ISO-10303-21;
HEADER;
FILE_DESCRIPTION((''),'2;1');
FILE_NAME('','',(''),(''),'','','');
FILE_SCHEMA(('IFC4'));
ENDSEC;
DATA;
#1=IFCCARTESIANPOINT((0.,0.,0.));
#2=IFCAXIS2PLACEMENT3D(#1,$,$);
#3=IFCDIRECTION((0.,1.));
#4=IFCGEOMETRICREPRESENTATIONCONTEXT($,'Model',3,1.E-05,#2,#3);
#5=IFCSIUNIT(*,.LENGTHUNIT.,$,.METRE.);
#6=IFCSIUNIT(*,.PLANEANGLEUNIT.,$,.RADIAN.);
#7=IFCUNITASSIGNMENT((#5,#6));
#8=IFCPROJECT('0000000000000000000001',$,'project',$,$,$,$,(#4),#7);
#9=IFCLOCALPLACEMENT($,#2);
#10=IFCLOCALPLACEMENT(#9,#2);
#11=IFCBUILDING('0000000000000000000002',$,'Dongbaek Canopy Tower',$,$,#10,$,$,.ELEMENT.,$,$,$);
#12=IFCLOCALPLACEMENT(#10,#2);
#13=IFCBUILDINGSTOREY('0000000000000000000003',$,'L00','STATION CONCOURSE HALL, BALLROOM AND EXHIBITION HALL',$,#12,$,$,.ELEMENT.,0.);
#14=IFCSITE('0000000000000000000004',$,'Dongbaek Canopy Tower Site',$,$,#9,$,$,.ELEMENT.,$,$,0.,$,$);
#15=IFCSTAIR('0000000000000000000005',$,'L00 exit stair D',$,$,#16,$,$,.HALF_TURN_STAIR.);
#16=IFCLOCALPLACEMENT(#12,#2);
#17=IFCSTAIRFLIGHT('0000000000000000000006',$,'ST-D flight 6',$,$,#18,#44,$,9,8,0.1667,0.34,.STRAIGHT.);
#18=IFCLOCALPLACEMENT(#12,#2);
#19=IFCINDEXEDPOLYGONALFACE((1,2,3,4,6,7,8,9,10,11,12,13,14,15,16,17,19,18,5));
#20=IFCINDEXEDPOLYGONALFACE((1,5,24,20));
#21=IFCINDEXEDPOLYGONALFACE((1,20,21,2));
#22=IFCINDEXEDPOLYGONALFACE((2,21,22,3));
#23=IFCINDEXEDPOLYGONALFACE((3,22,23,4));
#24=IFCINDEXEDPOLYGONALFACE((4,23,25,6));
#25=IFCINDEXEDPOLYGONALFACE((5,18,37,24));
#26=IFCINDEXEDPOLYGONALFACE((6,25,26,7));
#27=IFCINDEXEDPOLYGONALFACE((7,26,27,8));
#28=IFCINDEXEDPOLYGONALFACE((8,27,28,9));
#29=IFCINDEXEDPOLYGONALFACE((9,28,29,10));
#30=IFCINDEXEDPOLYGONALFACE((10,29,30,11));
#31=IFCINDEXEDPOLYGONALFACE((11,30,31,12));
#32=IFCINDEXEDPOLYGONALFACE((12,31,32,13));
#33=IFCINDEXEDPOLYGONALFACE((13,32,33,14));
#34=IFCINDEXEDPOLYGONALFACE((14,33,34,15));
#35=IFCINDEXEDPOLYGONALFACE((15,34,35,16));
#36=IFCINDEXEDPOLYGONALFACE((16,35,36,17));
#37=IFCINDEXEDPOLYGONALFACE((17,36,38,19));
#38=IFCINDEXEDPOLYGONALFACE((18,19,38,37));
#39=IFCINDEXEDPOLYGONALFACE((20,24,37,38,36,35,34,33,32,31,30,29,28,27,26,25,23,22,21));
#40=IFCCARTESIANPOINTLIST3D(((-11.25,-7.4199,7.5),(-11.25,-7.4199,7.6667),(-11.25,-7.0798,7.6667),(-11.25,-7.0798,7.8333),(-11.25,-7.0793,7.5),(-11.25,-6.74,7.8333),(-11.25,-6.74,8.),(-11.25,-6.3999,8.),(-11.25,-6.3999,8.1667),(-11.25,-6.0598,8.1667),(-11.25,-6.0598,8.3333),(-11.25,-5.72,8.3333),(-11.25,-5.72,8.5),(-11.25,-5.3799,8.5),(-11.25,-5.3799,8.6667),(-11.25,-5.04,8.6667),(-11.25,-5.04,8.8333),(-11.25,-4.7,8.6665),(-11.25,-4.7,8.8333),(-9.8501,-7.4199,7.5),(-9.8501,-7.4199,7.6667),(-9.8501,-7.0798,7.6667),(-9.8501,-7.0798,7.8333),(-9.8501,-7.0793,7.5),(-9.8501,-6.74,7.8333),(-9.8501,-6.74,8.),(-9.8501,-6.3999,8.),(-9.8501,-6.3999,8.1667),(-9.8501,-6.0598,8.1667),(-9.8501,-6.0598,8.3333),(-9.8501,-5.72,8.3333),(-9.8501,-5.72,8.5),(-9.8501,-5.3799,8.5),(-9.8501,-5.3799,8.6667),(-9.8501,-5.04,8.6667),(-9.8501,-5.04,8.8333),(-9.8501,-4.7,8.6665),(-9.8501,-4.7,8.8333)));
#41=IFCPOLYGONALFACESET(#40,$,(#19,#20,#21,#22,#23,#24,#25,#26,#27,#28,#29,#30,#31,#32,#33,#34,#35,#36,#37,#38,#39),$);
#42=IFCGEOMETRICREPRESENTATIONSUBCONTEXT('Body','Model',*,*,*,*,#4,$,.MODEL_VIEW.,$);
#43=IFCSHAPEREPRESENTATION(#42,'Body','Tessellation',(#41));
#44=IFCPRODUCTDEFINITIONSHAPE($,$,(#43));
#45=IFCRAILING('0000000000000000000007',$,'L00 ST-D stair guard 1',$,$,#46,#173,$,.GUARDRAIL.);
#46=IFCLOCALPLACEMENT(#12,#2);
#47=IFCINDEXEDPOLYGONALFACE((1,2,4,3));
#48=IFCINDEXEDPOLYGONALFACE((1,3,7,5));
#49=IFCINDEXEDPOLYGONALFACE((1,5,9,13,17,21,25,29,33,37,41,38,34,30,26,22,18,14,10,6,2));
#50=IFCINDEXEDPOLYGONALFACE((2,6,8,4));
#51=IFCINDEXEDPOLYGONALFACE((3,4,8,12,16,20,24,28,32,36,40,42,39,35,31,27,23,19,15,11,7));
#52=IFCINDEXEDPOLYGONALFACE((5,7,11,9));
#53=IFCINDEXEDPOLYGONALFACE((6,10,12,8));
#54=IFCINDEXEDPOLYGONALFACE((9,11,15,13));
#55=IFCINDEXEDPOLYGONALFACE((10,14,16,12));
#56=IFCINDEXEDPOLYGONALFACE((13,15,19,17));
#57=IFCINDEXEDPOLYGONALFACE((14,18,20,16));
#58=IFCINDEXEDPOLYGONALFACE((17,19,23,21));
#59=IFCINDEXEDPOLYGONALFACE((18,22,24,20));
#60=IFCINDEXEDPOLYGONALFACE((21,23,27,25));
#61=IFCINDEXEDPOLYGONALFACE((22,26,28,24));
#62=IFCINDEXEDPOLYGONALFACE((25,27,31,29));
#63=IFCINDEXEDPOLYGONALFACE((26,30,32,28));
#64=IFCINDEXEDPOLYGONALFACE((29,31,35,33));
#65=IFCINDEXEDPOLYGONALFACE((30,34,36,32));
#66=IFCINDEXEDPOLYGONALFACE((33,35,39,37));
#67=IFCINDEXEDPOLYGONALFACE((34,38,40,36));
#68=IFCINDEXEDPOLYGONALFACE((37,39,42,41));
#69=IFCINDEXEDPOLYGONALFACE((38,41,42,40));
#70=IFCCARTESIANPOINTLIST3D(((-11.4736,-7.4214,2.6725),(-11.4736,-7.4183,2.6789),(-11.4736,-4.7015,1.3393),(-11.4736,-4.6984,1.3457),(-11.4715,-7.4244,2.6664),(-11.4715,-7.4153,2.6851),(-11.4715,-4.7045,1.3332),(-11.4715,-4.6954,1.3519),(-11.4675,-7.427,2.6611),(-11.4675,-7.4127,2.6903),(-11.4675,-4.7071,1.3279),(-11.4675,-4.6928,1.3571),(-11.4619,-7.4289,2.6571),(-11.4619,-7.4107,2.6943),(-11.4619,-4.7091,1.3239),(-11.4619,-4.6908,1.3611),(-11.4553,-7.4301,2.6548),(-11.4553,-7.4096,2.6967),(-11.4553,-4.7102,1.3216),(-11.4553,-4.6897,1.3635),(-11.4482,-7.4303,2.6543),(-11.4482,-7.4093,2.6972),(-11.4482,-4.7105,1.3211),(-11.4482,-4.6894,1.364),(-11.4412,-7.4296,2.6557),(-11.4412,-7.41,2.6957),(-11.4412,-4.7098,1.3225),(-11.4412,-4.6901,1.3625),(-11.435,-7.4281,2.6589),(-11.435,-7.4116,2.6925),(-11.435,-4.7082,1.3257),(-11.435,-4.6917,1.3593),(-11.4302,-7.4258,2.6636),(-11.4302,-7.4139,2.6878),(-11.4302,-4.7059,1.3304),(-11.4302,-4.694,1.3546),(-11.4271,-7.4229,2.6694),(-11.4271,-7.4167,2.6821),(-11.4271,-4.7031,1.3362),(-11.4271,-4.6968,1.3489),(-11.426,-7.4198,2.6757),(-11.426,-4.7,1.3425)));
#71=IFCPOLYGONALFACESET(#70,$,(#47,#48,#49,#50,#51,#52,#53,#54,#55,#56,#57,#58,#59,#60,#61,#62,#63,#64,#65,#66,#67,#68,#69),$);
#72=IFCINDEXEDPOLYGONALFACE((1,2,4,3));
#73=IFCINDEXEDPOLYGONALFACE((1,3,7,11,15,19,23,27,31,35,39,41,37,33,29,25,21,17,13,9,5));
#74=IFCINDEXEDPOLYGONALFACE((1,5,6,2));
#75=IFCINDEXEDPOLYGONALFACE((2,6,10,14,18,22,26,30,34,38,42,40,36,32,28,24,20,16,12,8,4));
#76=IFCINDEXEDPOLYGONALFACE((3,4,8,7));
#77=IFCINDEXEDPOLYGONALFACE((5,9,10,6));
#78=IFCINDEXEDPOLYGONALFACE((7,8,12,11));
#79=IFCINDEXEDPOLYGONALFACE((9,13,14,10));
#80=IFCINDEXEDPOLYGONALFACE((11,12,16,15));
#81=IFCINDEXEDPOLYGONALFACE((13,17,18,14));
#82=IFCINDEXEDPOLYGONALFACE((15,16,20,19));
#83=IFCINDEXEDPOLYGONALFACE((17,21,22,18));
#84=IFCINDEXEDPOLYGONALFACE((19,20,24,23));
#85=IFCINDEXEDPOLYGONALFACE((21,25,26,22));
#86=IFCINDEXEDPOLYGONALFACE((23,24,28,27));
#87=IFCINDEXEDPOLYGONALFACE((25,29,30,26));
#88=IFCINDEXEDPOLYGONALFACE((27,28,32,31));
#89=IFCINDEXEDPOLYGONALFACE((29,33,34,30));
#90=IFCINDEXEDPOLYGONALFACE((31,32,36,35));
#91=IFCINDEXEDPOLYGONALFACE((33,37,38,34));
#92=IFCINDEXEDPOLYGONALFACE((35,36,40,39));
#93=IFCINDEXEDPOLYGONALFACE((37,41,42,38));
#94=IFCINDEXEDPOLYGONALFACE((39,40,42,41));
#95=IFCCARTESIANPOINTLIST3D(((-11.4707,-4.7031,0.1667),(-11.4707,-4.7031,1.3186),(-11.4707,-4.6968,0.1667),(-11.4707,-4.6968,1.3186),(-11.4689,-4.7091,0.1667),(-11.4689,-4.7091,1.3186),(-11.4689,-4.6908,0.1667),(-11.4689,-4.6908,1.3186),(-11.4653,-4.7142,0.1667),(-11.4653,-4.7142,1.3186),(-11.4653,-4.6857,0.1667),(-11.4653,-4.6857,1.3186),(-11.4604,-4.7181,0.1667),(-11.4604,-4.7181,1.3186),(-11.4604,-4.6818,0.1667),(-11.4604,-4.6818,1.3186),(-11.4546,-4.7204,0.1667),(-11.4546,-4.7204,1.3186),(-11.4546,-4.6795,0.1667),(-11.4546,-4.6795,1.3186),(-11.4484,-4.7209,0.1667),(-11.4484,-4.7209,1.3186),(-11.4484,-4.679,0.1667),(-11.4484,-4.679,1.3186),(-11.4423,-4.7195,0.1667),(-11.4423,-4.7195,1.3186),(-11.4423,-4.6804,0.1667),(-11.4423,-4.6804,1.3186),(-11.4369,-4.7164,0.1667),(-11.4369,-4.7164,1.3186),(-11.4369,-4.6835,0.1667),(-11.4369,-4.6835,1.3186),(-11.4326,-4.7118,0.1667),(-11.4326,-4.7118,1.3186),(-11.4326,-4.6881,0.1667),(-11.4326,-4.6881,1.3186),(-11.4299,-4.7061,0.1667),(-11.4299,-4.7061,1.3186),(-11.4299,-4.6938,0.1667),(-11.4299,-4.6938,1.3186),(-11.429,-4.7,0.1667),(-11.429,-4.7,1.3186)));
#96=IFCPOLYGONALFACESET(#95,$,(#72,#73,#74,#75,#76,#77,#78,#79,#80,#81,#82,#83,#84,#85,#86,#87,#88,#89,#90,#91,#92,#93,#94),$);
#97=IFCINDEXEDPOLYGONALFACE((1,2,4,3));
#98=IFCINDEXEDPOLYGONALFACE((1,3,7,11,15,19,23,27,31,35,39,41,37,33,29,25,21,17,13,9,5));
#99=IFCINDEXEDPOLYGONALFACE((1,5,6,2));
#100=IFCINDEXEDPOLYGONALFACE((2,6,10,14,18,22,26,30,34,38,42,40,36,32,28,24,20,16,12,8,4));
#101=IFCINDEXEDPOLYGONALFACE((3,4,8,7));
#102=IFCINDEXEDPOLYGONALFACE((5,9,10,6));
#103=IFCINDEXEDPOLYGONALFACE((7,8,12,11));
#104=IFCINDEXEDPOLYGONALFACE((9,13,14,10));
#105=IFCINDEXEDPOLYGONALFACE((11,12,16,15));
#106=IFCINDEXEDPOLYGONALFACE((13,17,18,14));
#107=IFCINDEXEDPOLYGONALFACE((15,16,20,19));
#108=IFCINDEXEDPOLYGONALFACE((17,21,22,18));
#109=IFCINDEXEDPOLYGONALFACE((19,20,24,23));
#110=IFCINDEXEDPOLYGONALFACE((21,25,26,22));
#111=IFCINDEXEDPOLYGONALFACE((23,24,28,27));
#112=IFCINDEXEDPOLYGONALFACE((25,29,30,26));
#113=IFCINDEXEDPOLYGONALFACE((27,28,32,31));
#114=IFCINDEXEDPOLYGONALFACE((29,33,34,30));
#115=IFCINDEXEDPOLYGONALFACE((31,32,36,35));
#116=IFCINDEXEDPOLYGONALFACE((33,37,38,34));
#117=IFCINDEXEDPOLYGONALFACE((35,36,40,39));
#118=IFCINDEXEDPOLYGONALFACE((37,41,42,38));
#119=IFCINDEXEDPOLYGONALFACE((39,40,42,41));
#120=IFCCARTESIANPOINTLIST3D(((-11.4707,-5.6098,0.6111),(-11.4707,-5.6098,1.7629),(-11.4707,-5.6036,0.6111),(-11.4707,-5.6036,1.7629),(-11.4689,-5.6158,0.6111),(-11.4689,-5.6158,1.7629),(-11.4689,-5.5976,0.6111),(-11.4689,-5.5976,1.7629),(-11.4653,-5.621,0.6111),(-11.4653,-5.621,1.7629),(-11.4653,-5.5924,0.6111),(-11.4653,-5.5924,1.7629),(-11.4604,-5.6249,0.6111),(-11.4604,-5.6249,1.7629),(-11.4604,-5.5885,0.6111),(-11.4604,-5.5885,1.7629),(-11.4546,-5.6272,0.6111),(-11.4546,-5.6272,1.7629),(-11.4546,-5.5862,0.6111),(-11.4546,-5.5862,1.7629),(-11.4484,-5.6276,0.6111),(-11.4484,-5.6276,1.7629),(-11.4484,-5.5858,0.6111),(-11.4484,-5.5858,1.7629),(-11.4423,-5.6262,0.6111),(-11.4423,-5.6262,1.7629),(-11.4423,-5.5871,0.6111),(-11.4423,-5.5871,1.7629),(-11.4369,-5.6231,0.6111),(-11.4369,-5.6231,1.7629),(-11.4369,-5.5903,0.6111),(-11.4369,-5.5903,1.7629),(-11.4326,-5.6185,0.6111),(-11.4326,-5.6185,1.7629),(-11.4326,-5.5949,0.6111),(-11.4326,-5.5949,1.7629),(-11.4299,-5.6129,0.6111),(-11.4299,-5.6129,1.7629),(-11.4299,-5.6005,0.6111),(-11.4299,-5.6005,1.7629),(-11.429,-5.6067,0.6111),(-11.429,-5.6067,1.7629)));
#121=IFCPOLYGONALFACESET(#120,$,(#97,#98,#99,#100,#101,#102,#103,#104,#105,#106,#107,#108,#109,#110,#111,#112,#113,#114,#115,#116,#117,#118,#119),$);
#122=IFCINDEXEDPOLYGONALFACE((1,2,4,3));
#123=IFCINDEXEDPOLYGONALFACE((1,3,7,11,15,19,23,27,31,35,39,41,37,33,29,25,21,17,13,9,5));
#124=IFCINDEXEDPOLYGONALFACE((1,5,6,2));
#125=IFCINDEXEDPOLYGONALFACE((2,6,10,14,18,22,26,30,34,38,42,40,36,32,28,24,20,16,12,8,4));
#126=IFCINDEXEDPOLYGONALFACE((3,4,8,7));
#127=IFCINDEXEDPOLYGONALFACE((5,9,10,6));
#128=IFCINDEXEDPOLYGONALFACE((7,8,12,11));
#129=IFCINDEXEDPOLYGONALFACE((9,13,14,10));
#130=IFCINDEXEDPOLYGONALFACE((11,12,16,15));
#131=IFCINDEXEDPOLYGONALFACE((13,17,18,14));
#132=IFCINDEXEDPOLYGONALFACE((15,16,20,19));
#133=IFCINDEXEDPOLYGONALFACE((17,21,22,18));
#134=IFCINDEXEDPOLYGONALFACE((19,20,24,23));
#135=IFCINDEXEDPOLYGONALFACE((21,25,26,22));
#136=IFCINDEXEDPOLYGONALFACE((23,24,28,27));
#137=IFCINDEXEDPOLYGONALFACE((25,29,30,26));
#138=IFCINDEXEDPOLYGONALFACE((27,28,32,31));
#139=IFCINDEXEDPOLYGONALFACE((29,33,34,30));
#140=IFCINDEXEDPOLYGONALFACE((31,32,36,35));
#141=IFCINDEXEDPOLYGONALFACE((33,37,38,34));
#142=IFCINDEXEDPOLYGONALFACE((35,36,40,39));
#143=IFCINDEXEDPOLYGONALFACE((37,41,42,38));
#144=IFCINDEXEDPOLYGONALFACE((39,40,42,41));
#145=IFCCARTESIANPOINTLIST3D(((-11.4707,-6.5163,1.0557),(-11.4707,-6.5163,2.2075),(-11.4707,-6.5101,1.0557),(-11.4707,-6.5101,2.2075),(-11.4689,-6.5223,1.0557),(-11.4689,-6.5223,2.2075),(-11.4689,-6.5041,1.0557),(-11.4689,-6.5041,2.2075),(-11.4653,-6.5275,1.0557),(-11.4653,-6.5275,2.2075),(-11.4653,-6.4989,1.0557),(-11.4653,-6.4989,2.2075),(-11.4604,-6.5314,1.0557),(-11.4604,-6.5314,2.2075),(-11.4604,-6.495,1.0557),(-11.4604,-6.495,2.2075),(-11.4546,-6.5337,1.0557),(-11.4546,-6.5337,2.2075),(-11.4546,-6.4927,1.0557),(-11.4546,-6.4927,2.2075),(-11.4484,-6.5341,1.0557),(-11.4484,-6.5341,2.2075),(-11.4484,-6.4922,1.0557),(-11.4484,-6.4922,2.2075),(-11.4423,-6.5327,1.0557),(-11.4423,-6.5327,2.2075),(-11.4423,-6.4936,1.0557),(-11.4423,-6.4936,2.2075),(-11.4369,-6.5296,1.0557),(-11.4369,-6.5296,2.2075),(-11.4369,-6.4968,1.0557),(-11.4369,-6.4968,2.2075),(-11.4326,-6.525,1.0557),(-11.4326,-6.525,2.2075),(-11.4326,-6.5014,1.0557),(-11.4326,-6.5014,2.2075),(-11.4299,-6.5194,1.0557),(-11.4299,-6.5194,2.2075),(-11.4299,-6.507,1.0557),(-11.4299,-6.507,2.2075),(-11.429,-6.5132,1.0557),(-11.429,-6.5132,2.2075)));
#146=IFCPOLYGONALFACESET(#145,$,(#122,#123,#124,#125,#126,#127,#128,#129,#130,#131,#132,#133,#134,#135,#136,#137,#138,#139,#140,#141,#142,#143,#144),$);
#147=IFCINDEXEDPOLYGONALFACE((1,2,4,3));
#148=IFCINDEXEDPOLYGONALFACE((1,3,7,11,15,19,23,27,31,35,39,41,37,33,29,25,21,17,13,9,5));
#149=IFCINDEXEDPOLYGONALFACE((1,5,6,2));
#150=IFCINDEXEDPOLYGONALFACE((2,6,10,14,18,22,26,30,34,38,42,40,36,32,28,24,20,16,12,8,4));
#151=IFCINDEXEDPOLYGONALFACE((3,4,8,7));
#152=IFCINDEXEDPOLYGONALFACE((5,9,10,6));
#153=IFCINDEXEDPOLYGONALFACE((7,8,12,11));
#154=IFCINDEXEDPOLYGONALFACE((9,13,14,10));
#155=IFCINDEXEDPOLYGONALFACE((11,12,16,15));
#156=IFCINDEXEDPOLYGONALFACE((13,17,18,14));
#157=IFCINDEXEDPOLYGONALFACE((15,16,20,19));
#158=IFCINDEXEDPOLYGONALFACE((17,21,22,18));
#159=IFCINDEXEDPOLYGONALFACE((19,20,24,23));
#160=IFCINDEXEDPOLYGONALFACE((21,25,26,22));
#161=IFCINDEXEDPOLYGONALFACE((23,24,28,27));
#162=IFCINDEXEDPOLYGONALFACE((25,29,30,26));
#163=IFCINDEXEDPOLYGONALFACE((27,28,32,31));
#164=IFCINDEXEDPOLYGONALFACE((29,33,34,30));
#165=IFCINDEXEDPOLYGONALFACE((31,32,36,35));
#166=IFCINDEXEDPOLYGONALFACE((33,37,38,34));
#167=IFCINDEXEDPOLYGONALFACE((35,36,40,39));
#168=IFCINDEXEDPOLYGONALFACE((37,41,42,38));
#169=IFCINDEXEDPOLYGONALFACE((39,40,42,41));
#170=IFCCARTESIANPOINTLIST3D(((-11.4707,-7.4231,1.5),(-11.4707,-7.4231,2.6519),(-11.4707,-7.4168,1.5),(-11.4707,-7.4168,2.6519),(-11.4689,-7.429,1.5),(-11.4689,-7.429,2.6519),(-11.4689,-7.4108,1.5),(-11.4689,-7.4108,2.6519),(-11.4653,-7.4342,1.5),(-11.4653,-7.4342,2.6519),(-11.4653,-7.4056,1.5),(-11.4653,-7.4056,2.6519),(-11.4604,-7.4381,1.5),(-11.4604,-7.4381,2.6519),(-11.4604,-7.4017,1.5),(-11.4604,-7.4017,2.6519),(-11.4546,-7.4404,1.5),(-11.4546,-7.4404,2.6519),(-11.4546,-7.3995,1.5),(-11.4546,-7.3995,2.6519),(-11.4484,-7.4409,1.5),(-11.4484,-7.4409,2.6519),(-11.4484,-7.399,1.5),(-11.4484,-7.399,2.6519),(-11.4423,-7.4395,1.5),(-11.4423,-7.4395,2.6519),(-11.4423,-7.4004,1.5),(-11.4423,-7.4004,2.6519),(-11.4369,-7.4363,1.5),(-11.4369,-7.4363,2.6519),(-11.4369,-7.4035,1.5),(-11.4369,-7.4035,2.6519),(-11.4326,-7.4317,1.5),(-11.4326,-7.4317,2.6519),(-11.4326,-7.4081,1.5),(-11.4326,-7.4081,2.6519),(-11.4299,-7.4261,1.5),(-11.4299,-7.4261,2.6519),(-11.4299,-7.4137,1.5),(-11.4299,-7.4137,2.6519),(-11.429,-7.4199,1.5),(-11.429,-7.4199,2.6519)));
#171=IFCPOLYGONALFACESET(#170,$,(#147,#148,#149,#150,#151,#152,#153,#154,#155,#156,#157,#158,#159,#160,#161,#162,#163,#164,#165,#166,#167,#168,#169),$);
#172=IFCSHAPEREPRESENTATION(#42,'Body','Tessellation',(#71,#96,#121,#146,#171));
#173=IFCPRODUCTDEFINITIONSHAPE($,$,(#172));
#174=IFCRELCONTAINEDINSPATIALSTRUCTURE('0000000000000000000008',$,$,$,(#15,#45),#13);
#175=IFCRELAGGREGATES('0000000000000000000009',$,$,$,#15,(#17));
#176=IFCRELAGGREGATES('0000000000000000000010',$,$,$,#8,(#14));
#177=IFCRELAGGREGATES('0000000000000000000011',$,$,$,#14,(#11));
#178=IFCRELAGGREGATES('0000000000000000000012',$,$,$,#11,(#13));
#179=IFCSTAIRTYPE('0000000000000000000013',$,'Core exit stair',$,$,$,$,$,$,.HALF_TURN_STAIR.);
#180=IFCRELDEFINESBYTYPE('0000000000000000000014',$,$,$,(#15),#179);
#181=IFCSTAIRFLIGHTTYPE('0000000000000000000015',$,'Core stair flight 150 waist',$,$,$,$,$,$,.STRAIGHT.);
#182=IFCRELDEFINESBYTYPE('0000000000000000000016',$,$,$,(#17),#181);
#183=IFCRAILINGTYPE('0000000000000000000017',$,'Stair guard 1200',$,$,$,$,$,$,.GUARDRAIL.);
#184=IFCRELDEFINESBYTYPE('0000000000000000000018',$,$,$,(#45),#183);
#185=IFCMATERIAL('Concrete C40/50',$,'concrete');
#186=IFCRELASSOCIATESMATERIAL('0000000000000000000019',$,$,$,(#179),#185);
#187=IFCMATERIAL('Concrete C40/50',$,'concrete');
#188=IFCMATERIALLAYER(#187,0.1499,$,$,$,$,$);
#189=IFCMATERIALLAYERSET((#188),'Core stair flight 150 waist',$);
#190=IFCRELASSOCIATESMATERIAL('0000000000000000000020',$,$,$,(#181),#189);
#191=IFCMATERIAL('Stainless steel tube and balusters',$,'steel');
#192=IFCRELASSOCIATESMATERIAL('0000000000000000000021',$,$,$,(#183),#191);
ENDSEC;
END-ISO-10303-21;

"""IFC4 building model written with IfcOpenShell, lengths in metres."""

from ifc_helpers import new_model, si_unit, direction, frame, origin, origin_2d, place, context, subcontext, project, spatial, polyline, circle, outline, extrude, material, layer, layer_set, type_object, element, aggregate, save


model = new_model("IFC4")

# Units and contexts
model_context = context("Model", 3, precision=1e-05, world=origin(), true_north=direction((0.0, 1.0)))
body_context = subcontext(model_context, "Body", "Model", "MODEL_VIEW")
ifc_project = project(units=[si_unit("LENGTHUNIT", "METRE"), si_unit("PLANEANGLEUNIT", "RADIAN")], contexts=[model_context])

# Site, building, storey
site_placement = place(None, origin())
site = spatial("IfcSite", under=ifc_project, at=site_placement, Name="Dongbaek Canopy Tower Site", CompositionType="ELEMENT", RefElevation=0.0)
building_placement = place(site_placement, origin())
building = spatial("IfcBuilding", under=site, at=building_placement, Name="Dongbaek Canopy Tower", CompositionType="ELEMENT")
storey_placement = place(building_placement, origin())
storey = spatial("IfcBuildingStorey", under=building, at=storey_placement, Name="L00", Description="STATION CONCOURSE HALL, BALLROOM AND EXHIBITION HALL", CompositionType="ELEMENT", Elevation=0.0)

# Stair, stair flight
ifc_material_1 = material(Name="Concrete C40/50", Category="concrete")
stair_type = type_object("IfcStairType", Name="Core exit stair", PredefinedType="HALF_TURN_STAIR", material=ifc_material_1)
stair_placement = place(storey_placement, origin())
stair = element("IfcStair", 1, at=stair_placement, inside=storey, type_object=stair_type, Name="L00 exit stair D", PredefinedType="HALF_TURN_STAIR")
ifc_material_2 = material(Name="Concrete C40/50", Category="concrete")
ifc_layer_1 = layer(ifc_material_2, 0.1499)
ifc_layer_set_1 = layer_set([ifc_layer_1], Name="Core stair flight 150 waist")
stair_flight_type = type_object("IfcStairFlightType", Name="Core stair flight 150 waist", PredefinedType="STRAIGHT", material=ifc_layer_set_1)
stair_flight_1_placement = place(storey_placement, frame((-10.55, -7.4199, 7.5), z_axis=(0.0, 0.0, 1.0), x_axis=(0.0, 1.0, 0.0)))
stair_flight_1 = element("IfcStairFlight", 2, at=stair_flight_1_placement, type_object=stair_flight_type, Name="ST-D flight 6", NumberOfRisers=9, NumberOfTreads=8, PredefinedType="STRAIGHT", RiserHeight=0.1667, TreadLength=0.34, context=body_context, shape_type="SweptSolid", body=[
    extrude(outline(polyline([(0.0, 0.0), (0.0, 0.1667), (0.3401, 0.1667), (0.3401, 0.3333), (0.6799, 0.3333), (0.6799, 0.5), (1.02, 0.5), (1.02, 0.6667), (1.3601, 0.6667), (1.3601, 0.8333), (1.7, 0.8333), (1.7, 1.0), (2.04, 1.0), (2.04, 1.1667), (2.3799, 1.1667), (2.3799, 1.3333), (2.72, 1.3333), (2.72, 1.5), (2.72, 1.1665), (0.3406, 0.0), (0.0, 0.0)])), frame((0.0, 0.7, 0.0), z_axis=(0.0, -1.0, 0.0), x_axis=(1.0, 0.0, 0.0)), (0.0, 0.0, 1.0), 1.3999),
])
aggregate(stair, [stair_flight_1])

# Railing
ifc_material_3 = material(Name="Stainless steel tube and balusters", Category="steel")
railing_type_1 = type_object("IfcRailingType", Name="Stair guard 1200", PredefinedType="GUARDRAIL", material=ifc_material_3)
railing_1_placement = place(storey_placement, frame((-11.45, -4.7, 0.1667)))
element("IfcRailing", 3, at=railing_1_placement, inside=storey, type_object=railing_type_1, Name="L00 ST-D stair guard 1", PredefinedType="GUARDRAIL", context=body_context, shape_type="SweptSolid", body=[
    extrude(circle(Radius=0.0239, at=origin_2d()), frame((0.0, 0.0, 1.1758), z_axis=(0.0, -0.897929, 0.440139), x_axis=(1.0, 0.0, 0.0)), (0.0, 0.0, 1.0), 3.0291),
    extrude(circle(Radius=0.021, at=origin_2d()), origin(), (0.0, 0.0, 1.0), 1.1519),
    extrude(circle(Radius=0.021, at=origin_2d()), frame((0.0, -0.9067, 0.4443)), (0.0, 0.0, 1.0), 1.1519),
    extrude(circle(Radius=0.021, at=origin_2d()), frame((0.0, -1.8132, 0.8889)), (0.0, 0.0, 1.0), 1.1519),
    extrude(circle(Radius=0.021, at=origin_2d()), frame((0.0, -2.72, 1.3333)), (0.0, 0.0, 1.0), 1.1519),
])

save(model, "model.ifc")
